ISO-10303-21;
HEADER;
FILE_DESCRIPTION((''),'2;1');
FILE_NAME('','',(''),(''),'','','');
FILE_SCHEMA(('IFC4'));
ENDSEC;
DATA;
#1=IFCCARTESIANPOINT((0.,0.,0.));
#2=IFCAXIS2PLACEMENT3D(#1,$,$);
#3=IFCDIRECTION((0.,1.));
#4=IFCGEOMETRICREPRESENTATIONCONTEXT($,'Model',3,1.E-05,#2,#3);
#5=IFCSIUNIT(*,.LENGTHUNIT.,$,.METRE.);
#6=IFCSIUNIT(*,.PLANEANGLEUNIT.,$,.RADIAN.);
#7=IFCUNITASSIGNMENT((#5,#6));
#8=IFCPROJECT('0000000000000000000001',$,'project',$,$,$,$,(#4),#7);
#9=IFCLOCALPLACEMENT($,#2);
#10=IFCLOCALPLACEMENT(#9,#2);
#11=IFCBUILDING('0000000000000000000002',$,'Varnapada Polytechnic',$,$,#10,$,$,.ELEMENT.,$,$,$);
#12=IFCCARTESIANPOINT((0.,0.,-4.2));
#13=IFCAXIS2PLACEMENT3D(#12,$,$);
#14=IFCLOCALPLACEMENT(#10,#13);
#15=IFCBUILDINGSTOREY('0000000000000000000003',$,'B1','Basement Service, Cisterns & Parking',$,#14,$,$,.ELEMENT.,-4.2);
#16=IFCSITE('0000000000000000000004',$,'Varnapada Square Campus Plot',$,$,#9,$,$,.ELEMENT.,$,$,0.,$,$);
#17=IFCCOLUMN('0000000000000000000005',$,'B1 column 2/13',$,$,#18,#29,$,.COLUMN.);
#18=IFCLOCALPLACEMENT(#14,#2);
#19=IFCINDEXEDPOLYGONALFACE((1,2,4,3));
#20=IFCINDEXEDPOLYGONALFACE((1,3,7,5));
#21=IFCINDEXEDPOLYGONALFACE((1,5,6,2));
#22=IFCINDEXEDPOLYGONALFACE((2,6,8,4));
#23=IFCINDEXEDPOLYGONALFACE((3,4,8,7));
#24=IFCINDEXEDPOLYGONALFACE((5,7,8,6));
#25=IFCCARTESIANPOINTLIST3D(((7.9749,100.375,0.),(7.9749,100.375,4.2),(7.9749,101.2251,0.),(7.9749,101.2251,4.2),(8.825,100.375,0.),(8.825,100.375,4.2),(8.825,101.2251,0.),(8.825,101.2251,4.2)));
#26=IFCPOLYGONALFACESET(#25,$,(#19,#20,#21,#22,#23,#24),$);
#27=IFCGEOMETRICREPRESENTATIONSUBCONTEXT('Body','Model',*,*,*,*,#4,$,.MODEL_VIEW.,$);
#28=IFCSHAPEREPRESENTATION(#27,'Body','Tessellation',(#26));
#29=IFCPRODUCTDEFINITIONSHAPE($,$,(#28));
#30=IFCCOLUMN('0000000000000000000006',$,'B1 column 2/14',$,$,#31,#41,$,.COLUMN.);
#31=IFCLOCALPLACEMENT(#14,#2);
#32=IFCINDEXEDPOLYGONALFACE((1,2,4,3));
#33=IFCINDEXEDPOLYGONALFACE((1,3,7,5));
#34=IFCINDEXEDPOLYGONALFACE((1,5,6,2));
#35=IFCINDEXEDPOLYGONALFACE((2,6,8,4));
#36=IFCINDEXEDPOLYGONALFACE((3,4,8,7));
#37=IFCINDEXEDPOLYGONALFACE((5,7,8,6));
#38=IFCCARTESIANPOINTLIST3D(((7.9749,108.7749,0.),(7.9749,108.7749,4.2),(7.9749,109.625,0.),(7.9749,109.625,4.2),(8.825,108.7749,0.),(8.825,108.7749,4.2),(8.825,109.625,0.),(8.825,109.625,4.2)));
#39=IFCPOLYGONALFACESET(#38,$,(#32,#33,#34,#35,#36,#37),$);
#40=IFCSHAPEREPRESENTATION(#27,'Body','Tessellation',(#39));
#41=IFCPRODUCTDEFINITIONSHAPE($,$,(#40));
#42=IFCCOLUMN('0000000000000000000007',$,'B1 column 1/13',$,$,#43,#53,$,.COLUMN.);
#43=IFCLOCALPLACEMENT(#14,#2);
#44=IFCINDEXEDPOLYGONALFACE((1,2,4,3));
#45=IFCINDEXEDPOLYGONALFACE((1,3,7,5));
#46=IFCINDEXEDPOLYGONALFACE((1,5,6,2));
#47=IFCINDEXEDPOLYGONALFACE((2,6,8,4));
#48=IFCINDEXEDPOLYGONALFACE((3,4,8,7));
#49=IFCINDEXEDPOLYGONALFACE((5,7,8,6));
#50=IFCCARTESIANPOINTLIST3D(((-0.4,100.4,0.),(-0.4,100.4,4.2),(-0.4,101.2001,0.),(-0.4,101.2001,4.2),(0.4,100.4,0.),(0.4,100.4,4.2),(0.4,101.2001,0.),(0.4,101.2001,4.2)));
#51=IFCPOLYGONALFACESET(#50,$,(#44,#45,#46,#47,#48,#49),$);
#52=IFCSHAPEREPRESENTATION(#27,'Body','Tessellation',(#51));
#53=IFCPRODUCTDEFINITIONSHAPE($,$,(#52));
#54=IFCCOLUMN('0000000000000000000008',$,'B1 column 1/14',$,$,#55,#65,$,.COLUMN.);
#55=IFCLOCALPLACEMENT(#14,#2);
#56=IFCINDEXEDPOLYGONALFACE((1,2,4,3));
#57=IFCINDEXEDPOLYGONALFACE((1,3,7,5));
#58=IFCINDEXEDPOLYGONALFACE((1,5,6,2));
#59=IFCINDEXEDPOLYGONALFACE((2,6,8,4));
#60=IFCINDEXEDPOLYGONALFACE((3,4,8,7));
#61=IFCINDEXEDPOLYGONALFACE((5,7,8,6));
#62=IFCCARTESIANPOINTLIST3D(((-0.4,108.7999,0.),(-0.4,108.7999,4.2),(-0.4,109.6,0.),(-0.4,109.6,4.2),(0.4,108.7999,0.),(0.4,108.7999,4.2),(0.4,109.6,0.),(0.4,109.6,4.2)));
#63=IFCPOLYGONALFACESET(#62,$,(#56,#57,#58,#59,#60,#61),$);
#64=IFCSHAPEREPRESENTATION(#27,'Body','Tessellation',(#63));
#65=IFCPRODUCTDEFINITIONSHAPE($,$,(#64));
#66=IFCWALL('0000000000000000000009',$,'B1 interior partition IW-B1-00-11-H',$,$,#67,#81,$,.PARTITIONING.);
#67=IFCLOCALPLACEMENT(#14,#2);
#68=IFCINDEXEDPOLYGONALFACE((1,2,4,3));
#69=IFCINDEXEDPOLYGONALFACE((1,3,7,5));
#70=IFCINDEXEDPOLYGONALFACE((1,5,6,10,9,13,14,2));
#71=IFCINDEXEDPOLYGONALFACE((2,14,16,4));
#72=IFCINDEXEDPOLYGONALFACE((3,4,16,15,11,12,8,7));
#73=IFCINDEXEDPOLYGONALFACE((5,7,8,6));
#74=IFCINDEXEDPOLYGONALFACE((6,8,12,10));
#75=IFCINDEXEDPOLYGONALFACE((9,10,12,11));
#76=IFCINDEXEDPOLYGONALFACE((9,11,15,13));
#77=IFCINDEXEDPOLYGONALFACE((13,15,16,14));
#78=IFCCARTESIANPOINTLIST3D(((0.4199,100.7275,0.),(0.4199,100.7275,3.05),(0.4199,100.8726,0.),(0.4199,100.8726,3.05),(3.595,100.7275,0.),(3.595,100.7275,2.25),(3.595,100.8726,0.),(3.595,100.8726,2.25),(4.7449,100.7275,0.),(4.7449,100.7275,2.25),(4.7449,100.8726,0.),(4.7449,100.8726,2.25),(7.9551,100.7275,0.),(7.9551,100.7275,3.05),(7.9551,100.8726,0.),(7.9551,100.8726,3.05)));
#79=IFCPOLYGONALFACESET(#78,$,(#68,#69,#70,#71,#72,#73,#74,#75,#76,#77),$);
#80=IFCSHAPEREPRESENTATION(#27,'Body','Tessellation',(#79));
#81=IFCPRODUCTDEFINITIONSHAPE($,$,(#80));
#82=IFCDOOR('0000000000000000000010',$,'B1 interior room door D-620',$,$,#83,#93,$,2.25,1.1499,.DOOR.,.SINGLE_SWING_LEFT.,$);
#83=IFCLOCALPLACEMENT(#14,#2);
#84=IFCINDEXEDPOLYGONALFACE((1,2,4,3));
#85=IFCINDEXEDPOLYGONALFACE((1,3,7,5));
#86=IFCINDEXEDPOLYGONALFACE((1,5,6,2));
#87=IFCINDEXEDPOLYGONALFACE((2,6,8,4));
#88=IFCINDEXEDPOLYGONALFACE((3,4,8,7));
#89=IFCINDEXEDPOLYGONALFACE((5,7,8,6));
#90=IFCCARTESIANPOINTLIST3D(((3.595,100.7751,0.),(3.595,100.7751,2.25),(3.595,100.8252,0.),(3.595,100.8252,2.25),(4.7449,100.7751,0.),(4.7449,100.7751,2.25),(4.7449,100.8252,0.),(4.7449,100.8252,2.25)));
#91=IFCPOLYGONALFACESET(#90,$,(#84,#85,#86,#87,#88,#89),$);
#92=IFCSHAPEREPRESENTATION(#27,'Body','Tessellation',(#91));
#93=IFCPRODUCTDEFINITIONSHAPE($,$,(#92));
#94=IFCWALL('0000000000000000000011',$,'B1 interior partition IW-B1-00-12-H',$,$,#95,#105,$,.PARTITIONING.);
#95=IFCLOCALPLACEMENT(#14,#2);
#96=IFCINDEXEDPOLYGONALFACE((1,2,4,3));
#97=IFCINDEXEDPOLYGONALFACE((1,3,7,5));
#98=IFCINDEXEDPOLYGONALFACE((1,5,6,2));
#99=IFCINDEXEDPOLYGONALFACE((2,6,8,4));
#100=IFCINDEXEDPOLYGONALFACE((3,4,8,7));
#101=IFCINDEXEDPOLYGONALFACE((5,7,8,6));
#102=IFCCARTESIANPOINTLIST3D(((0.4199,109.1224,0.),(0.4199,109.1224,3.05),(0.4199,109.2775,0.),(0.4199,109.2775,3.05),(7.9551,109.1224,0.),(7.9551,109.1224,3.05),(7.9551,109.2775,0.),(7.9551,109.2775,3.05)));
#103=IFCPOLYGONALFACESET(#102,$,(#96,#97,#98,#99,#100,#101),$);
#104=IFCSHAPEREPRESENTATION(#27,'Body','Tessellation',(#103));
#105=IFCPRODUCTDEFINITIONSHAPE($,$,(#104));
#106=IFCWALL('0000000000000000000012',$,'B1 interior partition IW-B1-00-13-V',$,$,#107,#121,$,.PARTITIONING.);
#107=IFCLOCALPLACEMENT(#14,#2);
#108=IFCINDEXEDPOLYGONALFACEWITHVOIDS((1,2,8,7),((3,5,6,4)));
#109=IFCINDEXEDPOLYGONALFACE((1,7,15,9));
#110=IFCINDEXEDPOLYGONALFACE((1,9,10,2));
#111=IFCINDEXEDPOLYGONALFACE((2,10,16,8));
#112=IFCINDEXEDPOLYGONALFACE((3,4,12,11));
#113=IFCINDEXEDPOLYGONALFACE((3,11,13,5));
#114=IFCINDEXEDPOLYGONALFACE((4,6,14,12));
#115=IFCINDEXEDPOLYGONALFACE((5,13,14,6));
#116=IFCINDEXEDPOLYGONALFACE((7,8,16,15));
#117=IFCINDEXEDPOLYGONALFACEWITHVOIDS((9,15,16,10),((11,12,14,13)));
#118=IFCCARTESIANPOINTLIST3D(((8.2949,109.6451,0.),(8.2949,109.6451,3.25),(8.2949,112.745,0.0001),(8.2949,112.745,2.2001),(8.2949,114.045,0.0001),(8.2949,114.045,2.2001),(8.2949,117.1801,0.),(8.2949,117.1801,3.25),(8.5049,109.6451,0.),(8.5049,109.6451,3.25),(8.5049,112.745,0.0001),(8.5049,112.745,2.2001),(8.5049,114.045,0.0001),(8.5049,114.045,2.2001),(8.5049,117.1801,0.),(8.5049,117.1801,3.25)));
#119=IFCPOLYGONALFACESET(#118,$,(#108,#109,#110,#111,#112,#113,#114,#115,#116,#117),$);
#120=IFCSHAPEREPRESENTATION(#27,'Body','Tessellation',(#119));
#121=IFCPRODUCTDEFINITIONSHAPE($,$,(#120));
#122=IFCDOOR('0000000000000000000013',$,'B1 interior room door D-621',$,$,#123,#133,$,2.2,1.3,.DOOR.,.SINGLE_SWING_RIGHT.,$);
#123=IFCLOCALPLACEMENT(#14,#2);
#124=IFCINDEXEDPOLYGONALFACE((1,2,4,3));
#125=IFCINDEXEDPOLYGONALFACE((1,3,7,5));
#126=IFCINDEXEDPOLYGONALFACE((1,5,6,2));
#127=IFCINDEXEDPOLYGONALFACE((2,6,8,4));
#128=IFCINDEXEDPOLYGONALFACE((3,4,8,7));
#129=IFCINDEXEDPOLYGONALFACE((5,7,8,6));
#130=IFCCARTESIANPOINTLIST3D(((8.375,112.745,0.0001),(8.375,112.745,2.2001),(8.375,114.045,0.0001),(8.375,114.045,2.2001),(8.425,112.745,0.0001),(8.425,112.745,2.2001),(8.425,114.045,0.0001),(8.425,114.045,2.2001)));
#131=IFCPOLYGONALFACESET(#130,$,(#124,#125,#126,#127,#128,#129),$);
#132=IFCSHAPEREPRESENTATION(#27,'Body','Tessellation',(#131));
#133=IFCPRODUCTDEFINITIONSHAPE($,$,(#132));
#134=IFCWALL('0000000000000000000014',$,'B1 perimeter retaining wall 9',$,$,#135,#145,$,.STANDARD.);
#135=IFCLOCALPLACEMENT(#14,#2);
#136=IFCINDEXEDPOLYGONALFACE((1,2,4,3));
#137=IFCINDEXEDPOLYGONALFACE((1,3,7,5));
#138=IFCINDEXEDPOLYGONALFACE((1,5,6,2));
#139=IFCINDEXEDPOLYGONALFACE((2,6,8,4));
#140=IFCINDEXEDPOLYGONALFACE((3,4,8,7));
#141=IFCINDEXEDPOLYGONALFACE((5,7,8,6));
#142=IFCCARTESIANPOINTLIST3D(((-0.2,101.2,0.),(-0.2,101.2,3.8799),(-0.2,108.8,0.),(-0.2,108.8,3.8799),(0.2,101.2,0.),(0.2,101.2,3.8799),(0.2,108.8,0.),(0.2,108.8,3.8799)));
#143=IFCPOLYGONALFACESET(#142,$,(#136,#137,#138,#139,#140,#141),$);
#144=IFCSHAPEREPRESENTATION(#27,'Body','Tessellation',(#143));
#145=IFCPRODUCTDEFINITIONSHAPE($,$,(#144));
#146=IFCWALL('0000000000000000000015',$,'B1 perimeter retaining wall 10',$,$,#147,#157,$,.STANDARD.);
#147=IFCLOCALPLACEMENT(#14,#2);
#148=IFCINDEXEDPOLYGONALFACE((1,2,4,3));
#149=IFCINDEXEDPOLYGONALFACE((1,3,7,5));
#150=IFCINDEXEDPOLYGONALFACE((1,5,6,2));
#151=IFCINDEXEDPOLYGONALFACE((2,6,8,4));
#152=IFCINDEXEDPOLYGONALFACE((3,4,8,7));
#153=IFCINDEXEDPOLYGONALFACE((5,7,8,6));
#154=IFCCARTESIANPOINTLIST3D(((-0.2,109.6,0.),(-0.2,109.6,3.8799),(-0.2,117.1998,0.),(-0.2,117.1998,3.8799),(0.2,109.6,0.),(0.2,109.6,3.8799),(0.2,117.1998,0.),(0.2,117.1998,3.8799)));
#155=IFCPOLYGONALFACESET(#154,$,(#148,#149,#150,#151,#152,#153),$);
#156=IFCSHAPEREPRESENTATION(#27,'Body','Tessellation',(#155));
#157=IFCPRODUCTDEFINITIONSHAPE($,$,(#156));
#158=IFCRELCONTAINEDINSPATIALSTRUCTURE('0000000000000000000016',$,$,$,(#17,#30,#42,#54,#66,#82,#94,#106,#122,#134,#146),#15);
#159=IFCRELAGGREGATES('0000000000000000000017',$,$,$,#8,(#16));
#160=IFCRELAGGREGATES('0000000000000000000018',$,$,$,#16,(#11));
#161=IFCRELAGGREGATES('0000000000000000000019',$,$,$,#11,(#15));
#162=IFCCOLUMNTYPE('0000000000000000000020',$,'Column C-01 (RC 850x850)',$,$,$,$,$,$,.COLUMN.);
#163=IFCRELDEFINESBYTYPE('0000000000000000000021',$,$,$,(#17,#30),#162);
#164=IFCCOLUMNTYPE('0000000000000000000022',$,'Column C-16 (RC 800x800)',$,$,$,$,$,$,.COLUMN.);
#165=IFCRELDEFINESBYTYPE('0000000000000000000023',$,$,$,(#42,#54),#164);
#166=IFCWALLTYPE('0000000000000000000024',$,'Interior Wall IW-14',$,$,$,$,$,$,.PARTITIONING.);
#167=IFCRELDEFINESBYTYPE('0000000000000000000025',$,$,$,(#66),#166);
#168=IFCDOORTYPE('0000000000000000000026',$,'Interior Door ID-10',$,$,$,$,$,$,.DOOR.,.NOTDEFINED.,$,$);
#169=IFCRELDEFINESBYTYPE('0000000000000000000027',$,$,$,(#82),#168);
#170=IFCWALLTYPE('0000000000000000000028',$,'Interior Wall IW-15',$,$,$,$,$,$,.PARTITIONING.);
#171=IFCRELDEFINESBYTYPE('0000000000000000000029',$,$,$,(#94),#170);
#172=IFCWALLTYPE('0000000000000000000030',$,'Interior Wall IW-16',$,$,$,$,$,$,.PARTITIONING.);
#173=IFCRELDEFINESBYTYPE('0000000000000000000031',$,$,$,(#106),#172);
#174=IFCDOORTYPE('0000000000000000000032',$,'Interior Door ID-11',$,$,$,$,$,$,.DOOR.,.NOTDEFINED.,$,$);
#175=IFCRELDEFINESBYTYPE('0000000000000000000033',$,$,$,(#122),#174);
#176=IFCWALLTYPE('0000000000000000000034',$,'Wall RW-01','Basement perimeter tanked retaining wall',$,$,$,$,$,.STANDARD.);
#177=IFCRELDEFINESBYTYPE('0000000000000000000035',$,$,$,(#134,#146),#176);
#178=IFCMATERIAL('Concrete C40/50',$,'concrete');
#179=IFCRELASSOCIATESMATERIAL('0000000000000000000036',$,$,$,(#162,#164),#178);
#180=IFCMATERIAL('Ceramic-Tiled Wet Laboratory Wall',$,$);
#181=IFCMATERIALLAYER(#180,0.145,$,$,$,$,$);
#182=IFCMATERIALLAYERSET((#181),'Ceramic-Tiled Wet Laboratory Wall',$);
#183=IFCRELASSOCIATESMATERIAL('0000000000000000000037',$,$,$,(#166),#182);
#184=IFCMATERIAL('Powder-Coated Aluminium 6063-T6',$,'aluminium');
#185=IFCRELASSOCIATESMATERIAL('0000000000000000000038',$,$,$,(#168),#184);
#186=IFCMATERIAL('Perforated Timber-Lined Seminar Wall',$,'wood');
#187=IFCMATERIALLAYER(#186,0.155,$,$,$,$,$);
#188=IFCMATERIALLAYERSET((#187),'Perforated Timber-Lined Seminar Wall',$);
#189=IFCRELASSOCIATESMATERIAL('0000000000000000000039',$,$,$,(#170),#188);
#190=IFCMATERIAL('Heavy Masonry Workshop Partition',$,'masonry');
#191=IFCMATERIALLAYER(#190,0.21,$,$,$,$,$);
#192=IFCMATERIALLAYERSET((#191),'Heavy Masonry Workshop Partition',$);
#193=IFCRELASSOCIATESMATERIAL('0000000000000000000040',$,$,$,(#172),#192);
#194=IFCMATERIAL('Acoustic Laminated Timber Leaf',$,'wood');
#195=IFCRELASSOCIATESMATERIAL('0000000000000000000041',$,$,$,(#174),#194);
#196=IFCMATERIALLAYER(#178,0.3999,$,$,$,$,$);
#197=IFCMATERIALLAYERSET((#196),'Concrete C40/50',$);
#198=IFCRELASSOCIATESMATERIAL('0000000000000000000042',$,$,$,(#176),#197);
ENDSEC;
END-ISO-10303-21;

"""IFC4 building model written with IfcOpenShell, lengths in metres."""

from ifc_helpers import new_model, si_unit, direction, frame, frame_2d, origin, origin_2d, place, context, subcontext, project, spatial, rectangle, extrude, material, layer, layer_set, material_profile, profile_set, type_object, element, fill, save


model = new_model("IFC4")

# Units and contexts
model_context = context("Model", 3, precision=1e-05, world=origin(), true_north=direction((0.0, 1.0)))
body_context = subcontext(model_context, "Body", "Model", "MODEL_VIEW")
ifc_project = project(units=[si_unit("LENGTHUNIT", "METRE"), si_unit("PLANEANGLEUNIT", "RADIAN")], contexts=[model_context])

# Site, building, storey
site_placement = place(None, origin())
site = spatial("IfcSite", under=ifc_project, at=site_placement, Name="Varnapada Square Campus Plot", CompositionType="ELEMENT", RefElevation=0.0)
building_placement = place(site_placement, origin())
building = spatial("IfcBuilding", under=site, at=building_placement, Name="Varnapada Polytechnic", CompositionType="ELEMENT")
storey_placement = place(building_placement, frame((0.0, 0.0, -4.2)))
storey = spatial("IfcBuildingStorey", under=building, at=storey_placement, Name="B1", Description="Basement Service, Cisterns & Parking", CompositionType="ELEMENT", Elevation=-4.2)

# Shared definitions
ifc_material_1 = material(Name="Concrete C40/50", Category="concrete")

# Columns
ifc_material_profile_1 = material_profile(ifc_material_1, rectangle(XDim=0.8501, YDim=0.8501, at=origin_2d()), Name="RC 850x850")
ifc_profile_set_1 = profile_set([ifc_material_profile_1], Name="Concrete C40/50")
column_type_1 = type_object("IfcColumnType", Name="Column C-01 (RC 850x850)", PredefinedType="COLUMN", material=ifc_profile_set_1)
for number, where, z_axis, x_axis, name in (
    (1, (8.3999, 100.8, 0.0), (0.0, 0.0, 1.0), (1.0, 0.0, 0.0), "B1 column 2/13"),
    (2, (8.3999, 109.2, 0.0), (0.0, 0.0, 1.0), (1.0, 0.0, 0.0), "B1 column 2/14"),
):
    element("IfcColumn", number, at=place(storey_placement, frame(where, z_axis=z_axis, x_axis=x_axis)), inside=storey, type_object=column_type_1, Name=name, PredefinedType="COLUMN", context=body_context, shape_type="SweptSolid", body=[
        extrude(rectangle(XDim=0.8501, YDim=0.8501, at=origin_2d()), origin(), (0.0, 0.0, 1.0), 4.2),
    ])
ifc_material_profile_2 = material_profile(ifc_material_1, rectangle(XDim=0.8, YDim=0.8, at=origin_2d()), Name="RC 800x800")
ifc_profile_set_2 = profile_set([ifc_material_profile_2], Name="Concrete C40/50")
column_type_2 = type_object("IfcColumnType", Name="Column C-16 (RC 800x800)", PredefinedType="COLUMN", material=ifc_profile_set_2)
for number, where, z_axis, x_axis, name in (
    (3, (0.0, 100.8, 0.0), (0.0, 0.0, 1.0), (1.0, 0.0, 0.0), "B1 column 1/13"),
    (4, (0.0, 109.2, 0.0), (0.0, 0.0, 1.0), (1.0, 0.0, 0.0), "B1 column 1/14"),
):
    element("IfcColumn", number, at=place(storey_placement, frame(where, z_axis=z_axis, x_axis=x_axis)), inside=storey, type_object=column_type_2, Name=name, PredefinedType="COLUMN", context=body_context, shape_type="SweptSolid", body=[
        extrude(rectangle(XDim=0.8, YDim=0.8, at=origin_2d()), origin(), (0.0, 0.0, 1.0), 4.2),
    ])

# Wall, opening, door
ifc_material_2 = material(Name="Ceramic-Tiled Wet Laboratory Wall")
ifc_layer_1 = layer(ifc_material_2, 0.145)
ifc_layer_set_1 = layer_set([ifc_layer_1], Name="Ceramic-Tiled Wet Laboratory Wall")
wall_type_1 = type_object("IfcWallType", Name="Interior Wall IW-14", PredefinedType="PARTITIONING", material=ifc_layer_set_1)
wall_1_placement = place(storey_placement, frame((0.4199, 100.8, 0.0), z_axis=(0.0, 0.0, 1.0), x_axis=(1.0, 0.0, 0.0)))
wall_1 = element("IfcWall", 5, at=wall_1_placement, inside=storey, type_object=wall_type_1, Name="B1 interior partition IW-B1-00-11-H", PredefinedType="PARTITIONING", context=body_context, shape_type="SweptSolid", body=[
    extrude(rectangle(XDim=7.5352, YDim=0.145, at=frame_2d((3.7676, 0.0))), origin(), (0.0, 0.0, 1.0), 3.05),
])
opening_1_placement = place(wall_1_placement, frame((3.175, 0.0, 0.0)))
opening_1 = element("IfcOpeningElement", 6, at=opening_1_placement, cuts=wall_1, PredefinedType="OPENING", context=body_context, shape_type="SweptSolid", body=[
    extrude(rectangle(XDim=1.1499, YDim=2.25, at=frame_2d((0.575, 1.125))), frame((0.0, 0.0825, 0.0), z_axis=(0.0, -1.0, 0.0), x_axis=(1.0, 0.0, 0.0)), (0.0, 0.0, 1.0), 0.165),
])
ifc_material_3 = material(Name="Powder-Coated Aluminium 6063-T6", Category="aluminium")
door_type_1 = type_object("IfcDoorType", Name="Interior Door ID-10", OperationType="NOTDEFINED", PredefinedType="DOOR", material=ifc_material_3)
door_1_placement = place(opening_1_placement, frame((1.1499, 0.0, 0.0), z_axis=(0.0, 0.0, 1.0), x_axis=(-1.0, 0.0, 0.0)))
door_1 = element("IfcDoor", 7, at=door_1_placement, inside=storey, type_object=door_type_1, Name="B1 interior room door D-620", OperationType="SINGLE_SWING_LEFT", OverallHeight=2.25, OverallWidth=1.1499, PredefinedType="DOOR", context=body_context, shape_type="SweptSolid", body=[
    extrude(rectangle(XDim=1.1499, YDim=2.25, at=frame_2d((0.575, 1.125))), frame((0.0, 0.0249, 0.0), z_axis=(0.0, -1.0, 0.0), x_axis=(1.0, 0.0, 0.0)), (0.0, 0.0, 1.0), 0.05),
])
fill(opening_1, door_1)

# Wall
ifc_material_4 = material(Name="Perforated Timber-Lined Seminar Wall", Category="wood")
ifc_layer_2 = layer(ifc_material_4, 0.155)
ifc_layer_set_2 = layer_set([ifc_layer_2], Name="Perforated Timber-Lined Seminar Wall")
wall_type_2 = type_object("IfcWallType", Name="Interior Wall IW-15", PredefinedType="PARTITIONING", material=ifc_layer_set_2)
wall_2_placement = place(storey_placement, frame((0.4199, 109.2, 0.0), z_axis=(0.0, 0.0, 1.0), x_axis=(1.0, 0.0, 0.0)))
element("IfcWall", 8, at=wall_2_placement, inside=storey, type_object=wall_type_2, Name="B1 interior partition IW-B1-00-12-H", PredefinedType="PARTITIONING", context=body_context, shape_type="SweptSolid", body=[
    extrude(rectangle(XDim=7.5352, YDim=0.155, at=frame_2d((3.7676, 0.0))), origin(), (0.0, 0.0, 1.0), 3.05),
])

# Wall, opening, door
ifc_material_5 = material(Name="Heavy Masonry Workshop Partition", Category="masonry")
ifc_layer_3 = layer(ifc_material_5, 0.21)
ifc_layer_set_3 = layer_set([ifc_layer_3], Name="Heavy Masonry Workshop Partition")
wall_type_3 = type_object("IfcWallType", Name="Interior Wall IW-16", PredefinedType="PARTITIONING", material=ifc_layer_set_3)
wall_3_placement = place(storey_placement, frame((8.3999, 109.645, 0.0), z_axis=(0.0, 0.0, 1.0), x_axis=(0.0, 1.0, 0.0)))
wall_3 = element("IfcWall", 9, at=wall_3_placement, inside=storey, type_object=wall_type_3, Name="B1 interior partition IW-B1-00-13-V", PredefinedType="PARTITIONING", context=body_context, shape_type="SweptSolid", body=[
    extrude(rectangle(XDim=7.5349, YDim=0.21, at=frame_2d((3.7676, 0.0))), origin(), (0.0, 0.0, 1.0), 3.25),
])
opening_2_placement = place(wall_3_placement, frame((3.1001, 0.0, 0.0)))
opening_2 = element("IfcOpeningElement", 10, at=opening_2_placement, cuts=wall_3, PredefinedType="OPENING", context=body_context, shape_type="SweptSolid", body=[
    extrude(rectangle(XDim=1.3, YDim=2.2, at=frame_2d((0.6499, 1.1001))), frame((0.0, 0.115, 0.0), z_axis=(0.0, -1.0, 0.0), x_axis=(1.0, 0.0, 0.0)), (0.0, 0.0, 1.0), 0.23),
])
ifc_material_6 = material(Name="Acoustic Laminated Timber Leaf", Category="wood")
door_type_2 = type_object("IfcDoorType", Name="Interior Door ID-11", OperationType="NOTDEFINED", PredefinedType="DOOR", material=ifc_material_6)
door_2_placement = place(opening_2_placement, origin())
door_2 = element("IfcDoor", 11, at=door_2_placement, inside=storey, type_object=door_type_2, Name="B1 interior room door D-621", OperationType="SINGLE_SWING_RIGHT", OverallHeight=2.2, OverallWidth=1.3, PredefinedType="DOOR", context=body_context, shape_type="SweptSolid", body=[
    extrude(rectangle(XDim=1.3, YDim=2.2, at=frame_2d((0.6499, 1.1001))), frame((0.0, 0.0249, 0.0), z_axis=(0.0, -1.0, 0.0), x_axis=(1.0, 0.0, 0.0)), (0.0, 0.0, 1.0), 0.05),
])
fill(opening_2, door_2)

# Walls
ifc_layer_4 = layer(ifc_material_1, 0.3999)
ifc_layer_set_4 = layer_set([ifc_layer_4], Name="Concrete C40/50")
wall_type_4 = type_object("IfcWallType", Name="Wall RW-01", Description="Basement perimeter tanked retaining wall", PredefinedType="STANDARD", material=ifc_layer_set_4)
wall_4_placement = place(storey_placement, frame((0.0, 101.2, 0.0), z_axis=(0.0, 0.0, 1.0), x_axis=(0.0, 1.0, 0.0)))
element("IfcWall", 12, at=wall_4_placement, inside=storey, type_object=wall_type_4, Name="B1 perimeter retaining wall 9", PredefinedType="STANDARD", context=body_context, shape_type="SweptSolid", body=[
    extrude(rectangle(XDim=7.6001, YDim=0.3999, at=frame_2d((3.8, 0.0))), origin(), (0.0, 0.0, 1.0), 3.8799),
])
wall_5_placement = place(storey_placement, frame((0.0, 109.6001, 0.0), z_axis=(0.0, 0.0, 1.0), x_axis=(0.0, 1.0, 0.0)))
element("IfcWall", 13, at=wall_5_placement, inside=storey, type_object=wall_type_4, Name="B1 perimeter retaining wall 10", PredefinedType="STANDARD", context=body_context, shape_type="SweptSolid", body=[
    extrude(rectangle(XDim=7.5999, YDim=0.3999, at=frame_2d((3.7998, 0.0))), origin(), (0.0, 0.0, 1.0), 3.8799),
])

save(model, "model.ifc")
